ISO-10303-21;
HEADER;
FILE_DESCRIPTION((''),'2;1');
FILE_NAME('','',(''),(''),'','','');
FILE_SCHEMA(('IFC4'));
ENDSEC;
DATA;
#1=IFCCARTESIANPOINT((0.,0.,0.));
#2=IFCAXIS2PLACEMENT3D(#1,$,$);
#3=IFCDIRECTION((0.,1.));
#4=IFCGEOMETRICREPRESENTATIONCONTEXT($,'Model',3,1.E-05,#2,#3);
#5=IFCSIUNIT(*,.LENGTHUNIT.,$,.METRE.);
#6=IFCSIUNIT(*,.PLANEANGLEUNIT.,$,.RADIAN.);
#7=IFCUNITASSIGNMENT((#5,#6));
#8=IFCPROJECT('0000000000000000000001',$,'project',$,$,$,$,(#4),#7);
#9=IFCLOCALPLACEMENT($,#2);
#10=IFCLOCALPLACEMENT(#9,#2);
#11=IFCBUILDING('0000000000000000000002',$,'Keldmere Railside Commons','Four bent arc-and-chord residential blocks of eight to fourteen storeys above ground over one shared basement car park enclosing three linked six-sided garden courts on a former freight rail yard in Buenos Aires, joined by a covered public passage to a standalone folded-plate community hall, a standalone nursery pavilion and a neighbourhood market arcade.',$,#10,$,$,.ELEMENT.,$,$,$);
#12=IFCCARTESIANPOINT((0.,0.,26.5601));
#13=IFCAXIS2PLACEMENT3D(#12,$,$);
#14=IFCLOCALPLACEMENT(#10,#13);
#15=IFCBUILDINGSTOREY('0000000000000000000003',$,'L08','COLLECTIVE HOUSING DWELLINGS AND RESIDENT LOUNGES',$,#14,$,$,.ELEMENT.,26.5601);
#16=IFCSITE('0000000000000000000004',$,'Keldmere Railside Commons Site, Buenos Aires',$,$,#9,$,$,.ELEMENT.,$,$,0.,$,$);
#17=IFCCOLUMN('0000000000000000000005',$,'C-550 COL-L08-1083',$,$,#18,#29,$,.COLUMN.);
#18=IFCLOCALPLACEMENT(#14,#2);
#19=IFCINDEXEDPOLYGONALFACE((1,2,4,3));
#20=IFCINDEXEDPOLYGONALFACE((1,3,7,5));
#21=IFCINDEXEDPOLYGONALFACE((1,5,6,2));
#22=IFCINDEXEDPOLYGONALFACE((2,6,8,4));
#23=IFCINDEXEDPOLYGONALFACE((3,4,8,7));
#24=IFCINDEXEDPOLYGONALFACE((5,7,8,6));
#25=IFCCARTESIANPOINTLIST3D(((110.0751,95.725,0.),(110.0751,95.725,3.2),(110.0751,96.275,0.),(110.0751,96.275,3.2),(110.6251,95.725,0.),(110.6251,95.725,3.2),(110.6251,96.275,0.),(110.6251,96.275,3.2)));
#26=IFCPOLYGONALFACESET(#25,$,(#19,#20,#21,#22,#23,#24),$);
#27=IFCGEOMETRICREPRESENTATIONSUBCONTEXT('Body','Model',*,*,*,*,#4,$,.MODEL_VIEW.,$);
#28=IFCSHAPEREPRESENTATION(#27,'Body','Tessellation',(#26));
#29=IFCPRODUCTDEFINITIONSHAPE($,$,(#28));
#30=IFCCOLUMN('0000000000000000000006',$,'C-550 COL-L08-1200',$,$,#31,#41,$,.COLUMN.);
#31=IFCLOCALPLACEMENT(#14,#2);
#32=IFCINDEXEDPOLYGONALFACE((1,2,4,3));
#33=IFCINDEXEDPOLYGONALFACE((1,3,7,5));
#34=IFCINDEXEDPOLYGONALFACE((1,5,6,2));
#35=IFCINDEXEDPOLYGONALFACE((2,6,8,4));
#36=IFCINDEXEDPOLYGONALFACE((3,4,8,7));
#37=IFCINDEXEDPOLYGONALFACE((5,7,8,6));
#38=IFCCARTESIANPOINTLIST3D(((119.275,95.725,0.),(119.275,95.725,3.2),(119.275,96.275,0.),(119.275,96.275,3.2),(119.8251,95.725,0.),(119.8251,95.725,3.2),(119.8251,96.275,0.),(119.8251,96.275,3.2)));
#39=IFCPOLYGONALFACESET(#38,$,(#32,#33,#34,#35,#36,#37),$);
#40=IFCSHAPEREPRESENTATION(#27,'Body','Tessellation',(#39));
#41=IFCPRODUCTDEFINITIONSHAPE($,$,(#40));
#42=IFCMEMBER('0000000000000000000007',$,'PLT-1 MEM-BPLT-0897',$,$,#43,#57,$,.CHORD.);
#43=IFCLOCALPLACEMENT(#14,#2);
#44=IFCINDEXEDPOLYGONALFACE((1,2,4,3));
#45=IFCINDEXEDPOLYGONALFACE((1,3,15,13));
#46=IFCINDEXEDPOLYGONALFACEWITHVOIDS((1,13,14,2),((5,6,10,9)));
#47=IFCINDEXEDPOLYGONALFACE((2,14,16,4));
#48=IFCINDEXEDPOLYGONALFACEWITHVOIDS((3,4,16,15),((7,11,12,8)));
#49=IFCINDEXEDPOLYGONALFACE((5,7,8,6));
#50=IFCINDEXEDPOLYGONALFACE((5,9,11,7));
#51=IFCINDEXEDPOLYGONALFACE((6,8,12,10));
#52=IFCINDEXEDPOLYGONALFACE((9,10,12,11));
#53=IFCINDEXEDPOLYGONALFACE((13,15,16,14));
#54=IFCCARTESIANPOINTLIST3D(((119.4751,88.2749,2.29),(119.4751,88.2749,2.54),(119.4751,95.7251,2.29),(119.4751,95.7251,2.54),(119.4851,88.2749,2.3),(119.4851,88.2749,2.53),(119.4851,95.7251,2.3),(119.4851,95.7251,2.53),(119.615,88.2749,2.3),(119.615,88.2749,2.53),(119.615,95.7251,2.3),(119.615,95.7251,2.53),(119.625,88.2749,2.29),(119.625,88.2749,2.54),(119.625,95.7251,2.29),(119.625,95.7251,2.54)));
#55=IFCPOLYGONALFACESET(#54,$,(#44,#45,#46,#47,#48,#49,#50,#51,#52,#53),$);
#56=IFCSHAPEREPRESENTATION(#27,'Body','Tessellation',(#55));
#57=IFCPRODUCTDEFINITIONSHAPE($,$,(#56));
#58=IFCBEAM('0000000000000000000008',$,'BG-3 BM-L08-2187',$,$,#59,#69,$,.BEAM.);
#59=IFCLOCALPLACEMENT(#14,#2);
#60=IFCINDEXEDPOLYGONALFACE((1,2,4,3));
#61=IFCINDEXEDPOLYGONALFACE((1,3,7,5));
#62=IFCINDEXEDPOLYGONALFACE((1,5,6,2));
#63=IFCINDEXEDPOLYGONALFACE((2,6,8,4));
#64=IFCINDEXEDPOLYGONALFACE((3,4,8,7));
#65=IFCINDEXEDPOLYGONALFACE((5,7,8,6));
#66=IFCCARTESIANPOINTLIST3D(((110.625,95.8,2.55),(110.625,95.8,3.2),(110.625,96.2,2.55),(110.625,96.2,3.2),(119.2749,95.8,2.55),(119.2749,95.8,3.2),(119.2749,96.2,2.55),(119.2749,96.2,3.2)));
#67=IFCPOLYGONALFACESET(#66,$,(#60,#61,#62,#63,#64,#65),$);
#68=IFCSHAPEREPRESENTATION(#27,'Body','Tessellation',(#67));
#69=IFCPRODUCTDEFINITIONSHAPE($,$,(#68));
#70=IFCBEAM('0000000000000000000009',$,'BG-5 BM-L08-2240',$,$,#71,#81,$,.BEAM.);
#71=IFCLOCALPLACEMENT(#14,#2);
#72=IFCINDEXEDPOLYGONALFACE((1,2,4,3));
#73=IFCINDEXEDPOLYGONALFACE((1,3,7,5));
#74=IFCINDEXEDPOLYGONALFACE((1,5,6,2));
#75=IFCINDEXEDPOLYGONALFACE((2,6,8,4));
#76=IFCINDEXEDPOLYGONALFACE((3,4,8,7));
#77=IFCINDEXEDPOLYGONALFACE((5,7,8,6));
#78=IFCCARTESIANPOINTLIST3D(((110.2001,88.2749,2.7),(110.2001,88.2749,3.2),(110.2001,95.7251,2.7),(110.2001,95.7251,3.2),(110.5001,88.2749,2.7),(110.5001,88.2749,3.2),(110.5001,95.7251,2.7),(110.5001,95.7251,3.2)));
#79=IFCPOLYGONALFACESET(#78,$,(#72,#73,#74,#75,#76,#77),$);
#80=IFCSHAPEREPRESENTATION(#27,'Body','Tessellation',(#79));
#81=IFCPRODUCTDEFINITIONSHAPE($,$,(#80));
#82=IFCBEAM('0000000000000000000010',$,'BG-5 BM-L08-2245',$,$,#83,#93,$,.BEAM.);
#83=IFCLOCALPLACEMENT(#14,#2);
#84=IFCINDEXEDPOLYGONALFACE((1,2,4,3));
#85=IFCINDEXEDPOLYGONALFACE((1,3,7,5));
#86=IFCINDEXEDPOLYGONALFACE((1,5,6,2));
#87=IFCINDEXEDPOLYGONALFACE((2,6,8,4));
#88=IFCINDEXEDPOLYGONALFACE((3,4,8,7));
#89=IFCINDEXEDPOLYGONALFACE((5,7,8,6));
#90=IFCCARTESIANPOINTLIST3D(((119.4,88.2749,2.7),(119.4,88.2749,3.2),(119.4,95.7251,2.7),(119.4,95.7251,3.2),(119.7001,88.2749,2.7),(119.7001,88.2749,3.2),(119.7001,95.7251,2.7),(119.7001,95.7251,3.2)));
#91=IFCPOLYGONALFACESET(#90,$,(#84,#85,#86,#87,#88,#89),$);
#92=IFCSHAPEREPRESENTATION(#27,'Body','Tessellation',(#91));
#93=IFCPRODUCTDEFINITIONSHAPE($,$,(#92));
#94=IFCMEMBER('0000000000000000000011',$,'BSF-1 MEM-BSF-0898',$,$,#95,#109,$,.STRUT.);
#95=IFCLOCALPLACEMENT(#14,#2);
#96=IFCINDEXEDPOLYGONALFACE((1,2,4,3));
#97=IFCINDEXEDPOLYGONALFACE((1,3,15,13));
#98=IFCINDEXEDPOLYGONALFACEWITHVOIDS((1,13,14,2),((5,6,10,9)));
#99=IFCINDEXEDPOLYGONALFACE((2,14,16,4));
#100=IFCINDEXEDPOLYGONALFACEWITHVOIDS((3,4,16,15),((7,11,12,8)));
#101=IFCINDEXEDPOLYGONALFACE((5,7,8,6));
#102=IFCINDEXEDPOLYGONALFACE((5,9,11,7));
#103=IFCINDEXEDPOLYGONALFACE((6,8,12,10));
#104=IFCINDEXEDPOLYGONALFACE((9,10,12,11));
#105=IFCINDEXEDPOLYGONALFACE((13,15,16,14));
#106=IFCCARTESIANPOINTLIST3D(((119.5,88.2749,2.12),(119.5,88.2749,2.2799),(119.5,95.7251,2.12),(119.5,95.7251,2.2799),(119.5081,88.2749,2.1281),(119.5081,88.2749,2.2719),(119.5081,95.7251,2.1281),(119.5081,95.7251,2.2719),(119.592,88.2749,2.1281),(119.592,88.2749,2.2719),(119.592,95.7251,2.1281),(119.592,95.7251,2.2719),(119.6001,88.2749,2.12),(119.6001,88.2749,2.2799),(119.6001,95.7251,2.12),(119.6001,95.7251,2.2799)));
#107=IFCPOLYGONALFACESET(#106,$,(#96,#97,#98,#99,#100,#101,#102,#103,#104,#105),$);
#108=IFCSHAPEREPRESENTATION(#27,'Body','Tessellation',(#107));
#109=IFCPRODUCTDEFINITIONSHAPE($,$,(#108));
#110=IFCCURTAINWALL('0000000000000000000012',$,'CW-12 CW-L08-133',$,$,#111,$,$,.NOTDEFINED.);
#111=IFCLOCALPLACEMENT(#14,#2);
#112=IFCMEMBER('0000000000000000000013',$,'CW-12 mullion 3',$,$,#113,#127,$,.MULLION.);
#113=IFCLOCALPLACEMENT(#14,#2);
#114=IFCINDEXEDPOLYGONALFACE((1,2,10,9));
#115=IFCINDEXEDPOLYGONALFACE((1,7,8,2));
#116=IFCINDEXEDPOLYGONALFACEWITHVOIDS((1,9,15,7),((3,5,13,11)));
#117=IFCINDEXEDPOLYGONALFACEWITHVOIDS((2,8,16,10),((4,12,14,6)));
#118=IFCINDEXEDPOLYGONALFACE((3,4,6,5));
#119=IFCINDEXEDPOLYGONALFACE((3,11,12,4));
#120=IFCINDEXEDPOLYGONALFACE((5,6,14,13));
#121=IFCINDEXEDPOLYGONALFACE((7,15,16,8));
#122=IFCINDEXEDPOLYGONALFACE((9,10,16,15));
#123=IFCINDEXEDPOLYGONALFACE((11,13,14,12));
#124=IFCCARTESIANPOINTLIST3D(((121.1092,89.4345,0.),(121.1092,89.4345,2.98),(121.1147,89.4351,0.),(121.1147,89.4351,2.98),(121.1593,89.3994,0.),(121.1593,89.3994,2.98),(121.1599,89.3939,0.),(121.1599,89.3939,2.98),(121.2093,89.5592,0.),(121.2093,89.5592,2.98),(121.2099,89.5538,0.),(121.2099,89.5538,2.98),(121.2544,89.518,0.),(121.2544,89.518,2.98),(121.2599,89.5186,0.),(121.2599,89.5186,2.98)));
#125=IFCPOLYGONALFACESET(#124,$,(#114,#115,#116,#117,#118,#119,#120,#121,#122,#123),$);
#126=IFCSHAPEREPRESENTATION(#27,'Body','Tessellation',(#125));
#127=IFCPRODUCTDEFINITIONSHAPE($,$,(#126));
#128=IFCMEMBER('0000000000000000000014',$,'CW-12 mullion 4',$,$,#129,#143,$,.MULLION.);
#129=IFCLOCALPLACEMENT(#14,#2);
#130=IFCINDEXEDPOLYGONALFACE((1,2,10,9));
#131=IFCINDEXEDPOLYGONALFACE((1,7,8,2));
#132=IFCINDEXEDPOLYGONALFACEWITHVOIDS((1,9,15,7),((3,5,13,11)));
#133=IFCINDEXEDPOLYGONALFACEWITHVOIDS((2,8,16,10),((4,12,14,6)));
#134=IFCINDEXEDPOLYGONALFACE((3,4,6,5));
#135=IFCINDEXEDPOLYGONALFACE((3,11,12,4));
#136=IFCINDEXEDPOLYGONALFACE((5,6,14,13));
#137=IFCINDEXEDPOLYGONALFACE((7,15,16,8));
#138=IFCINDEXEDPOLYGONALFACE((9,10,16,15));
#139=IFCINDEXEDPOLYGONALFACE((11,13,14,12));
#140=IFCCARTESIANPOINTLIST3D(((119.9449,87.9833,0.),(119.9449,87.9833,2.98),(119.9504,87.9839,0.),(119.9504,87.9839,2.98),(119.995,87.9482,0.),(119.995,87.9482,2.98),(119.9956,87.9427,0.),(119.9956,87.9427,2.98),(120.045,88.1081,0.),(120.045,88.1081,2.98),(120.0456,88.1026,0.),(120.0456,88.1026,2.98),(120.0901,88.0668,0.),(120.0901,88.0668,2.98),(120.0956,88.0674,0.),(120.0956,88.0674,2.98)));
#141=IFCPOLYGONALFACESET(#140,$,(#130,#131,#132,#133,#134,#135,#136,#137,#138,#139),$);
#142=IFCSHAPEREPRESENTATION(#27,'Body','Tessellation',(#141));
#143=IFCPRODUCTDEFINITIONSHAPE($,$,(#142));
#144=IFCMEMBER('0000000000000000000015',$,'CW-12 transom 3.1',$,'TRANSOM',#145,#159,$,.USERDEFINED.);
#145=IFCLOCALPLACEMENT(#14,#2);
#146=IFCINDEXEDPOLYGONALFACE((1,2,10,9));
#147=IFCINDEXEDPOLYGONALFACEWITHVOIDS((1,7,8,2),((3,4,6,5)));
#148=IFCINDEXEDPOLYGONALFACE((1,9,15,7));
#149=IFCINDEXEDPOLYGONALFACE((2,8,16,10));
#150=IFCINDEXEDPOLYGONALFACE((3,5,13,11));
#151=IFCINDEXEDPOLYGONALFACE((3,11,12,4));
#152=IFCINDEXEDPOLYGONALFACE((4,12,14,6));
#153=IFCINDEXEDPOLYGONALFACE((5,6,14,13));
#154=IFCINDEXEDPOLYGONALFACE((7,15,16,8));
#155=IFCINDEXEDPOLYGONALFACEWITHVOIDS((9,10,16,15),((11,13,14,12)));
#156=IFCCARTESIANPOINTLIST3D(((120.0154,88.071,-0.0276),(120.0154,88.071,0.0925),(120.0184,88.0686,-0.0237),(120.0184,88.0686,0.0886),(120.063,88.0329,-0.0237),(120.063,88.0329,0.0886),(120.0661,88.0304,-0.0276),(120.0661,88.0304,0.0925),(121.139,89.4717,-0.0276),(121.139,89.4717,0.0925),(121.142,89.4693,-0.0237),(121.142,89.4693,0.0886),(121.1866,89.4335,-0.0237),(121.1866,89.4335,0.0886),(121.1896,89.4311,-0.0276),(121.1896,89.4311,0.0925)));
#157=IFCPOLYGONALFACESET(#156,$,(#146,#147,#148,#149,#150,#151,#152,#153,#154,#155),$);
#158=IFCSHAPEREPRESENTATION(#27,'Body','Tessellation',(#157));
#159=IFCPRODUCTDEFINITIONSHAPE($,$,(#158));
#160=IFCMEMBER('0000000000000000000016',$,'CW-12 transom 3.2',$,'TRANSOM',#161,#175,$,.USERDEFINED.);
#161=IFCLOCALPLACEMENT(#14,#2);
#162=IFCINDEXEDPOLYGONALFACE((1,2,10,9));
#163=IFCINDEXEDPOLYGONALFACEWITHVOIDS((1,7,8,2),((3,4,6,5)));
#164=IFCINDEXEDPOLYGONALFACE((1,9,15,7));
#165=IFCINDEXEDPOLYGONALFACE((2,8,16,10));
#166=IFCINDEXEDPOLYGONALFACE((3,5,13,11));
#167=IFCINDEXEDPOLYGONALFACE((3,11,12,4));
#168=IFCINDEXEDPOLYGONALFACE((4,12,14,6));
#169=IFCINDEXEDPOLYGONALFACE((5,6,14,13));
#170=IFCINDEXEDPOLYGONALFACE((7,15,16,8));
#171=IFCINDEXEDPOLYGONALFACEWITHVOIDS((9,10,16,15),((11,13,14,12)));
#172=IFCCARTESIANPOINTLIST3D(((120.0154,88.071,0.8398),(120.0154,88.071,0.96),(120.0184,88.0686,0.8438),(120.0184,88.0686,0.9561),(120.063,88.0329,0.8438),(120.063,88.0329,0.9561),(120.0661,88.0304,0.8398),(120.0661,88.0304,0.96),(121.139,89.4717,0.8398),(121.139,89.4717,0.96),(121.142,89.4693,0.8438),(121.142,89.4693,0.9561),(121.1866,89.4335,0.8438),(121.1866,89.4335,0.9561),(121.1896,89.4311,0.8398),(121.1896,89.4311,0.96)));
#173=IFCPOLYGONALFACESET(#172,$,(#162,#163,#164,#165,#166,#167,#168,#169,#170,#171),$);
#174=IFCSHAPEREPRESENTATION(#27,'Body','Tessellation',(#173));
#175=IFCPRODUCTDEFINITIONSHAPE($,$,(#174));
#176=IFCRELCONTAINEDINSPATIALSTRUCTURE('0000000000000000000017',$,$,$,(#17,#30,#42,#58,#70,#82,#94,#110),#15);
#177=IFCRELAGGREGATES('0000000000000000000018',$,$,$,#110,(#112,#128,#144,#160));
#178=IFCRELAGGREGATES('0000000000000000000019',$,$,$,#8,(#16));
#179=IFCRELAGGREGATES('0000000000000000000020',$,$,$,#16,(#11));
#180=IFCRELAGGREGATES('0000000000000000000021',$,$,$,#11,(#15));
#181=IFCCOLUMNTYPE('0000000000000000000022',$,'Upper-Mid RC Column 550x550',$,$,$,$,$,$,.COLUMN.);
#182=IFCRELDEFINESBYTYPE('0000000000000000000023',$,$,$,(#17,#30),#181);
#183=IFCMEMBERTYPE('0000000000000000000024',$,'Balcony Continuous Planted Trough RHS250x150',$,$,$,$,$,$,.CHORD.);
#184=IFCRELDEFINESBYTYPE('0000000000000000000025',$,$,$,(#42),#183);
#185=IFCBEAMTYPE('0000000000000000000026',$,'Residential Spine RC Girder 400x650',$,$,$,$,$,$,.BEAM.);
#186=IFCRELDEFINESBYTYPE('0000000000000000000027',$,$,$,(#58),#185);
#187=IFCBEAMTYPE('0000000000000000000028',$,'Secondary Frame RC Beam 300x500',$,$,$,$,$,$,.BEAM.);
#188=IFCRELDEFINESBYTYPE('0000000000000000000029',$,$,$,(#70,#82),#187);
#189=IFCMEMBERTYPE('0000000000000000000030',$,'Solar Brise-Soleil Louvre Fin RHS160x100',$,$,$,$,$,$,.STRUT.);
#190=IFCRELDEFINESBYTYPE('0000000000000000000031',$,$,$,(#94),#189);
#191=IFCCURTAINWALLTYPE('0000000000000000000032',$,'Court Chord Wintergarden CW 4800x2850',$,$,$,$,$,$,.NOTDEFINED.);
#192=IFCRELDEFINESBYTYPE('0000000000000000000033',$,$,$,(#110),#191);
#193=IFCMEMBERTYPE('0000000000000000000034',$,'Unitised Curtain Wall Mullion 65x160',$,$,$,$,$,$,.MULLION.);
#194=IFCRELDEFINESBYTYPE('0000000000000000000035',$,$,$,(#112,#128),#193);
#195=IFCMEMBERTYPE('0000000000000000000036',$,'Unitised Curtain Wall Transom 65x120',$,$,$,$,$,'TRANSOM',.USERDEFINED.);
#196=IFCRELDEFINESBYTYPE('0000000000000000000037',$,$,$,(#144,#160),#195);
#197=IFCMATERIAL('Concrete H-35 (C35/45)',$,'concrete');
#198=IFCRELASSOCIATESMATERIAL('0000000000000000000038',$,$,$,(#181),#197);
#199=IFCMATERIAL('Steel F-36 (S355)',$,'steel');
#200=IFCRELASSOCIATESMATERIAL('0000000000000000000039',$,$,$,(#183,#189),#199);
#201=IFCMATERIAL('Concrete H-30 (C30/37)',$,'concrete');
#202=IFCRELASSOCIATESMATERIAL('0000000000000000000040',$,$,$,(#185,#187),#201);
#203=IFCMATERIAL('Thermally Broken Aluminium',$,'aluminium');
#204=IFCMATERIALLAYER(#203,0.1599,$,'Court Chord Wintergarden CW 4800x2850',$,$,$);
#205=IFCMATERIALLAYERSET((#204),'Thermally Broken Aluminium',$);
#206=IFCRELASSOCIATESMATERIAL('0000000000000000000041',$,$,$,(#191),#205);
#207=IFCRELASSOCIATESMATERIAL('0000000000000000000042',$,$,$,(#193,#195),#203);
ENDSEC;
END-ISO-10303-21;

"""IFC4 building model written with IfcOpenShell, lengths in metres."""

from ifc_helpers import new_model, si_unit, direction, frame, origin, origin_2d, place, context, subcontext, project, spatial, rectangle, hollow_rectangle, extrude, material, layer, layer_set, material_profile, profile_set, type_object, element, aggregate, save


model = new_model("IFC4")

# Units and contexts
model_context = context("Model", 3, precision=1e-05, world=origin(), true_north=direction((0.0, 1.0)))
body_context = subcontext(model_context, "Body", "Model", "MODEL_VIEW")
ifc_project = project(units=[si_unit("LENGTHUNIT", "METRE"), si_unit("PLANEANGLEUNIT", "RADIAN")], contexts=[model_context])

# Site, building, storey
site_placement = place(None, origin())
site = spatial("IfcSite", under=ifc_project, at=site_placement, Name="Keldmere Railside Commons Site, Buenos Aires", CompositionType="ELEMENT", RefElevation=0.0)
building_placement = place(site_placement, origin())
building = spatial("IfcBuilding", under=site, at=building_placement, Name="Keldmere Railside Commons", Description="Four bent arc-and-chord residential blocks of eight to fourteen storeys above ground over one shared basement car park enclosing three linked six-sided garden courts on a former freight rail yard in Buenos Aires, joined by a covered public passage to a standalone folded-plate community hall, a standalone nursery pavilion and a neighbourhood market arcade.", CompositionType="ELEMENT")
storey_placement = place(building_placement, frame((0.0, 0.0, 26.5601)))
storey = spatial("IfcBuildingStorey", under=building, at=storey_placement, Name="L08", Description="COLLECTIVE HOUSING DWELLINGS AND RESIDENT LOUNGES", CompositionType="ELEMENT", Elevation=26.5601)

# Columns
ifc_material_1 = material(Name="Concrete H-35 (C35/45)", Category="concrete")
ifc_material_profile_1 = material_profile(ifc_material_1, rectangle(XDim=0.55, YDim=0.55, at=origin_2d()), Name="RC-550x550")
ifc_profile_set_1 = profile_set([ifc_material_profile_1], Name="Concrete H-35 (C35/45)")
column_type = type_object("IfcColumnType", Name="Upper-Mid RC Column 550x550", PredefinedType="COLUMN", material=ifc_profile_set_1)
for number, where, z_axis, x_axis, name in (
    (1, (110.3501, 96.0, 0.0), (0.0, 0.0, 1.0), (1.0, 0.0, 0.0), "C-550 COL-L08-1083"),
    (2, (119.55, 96.0, 0.0), (0.0, 0.0, 1.0), (1.0, 0.0, 0.0), "C-550 COL-L08-1200"),
):
    element("IfcColumn", number, at=place(storey_placement, frame(where, z_axis=z_axis, x_axis=x_axis)), inside=storey, type_object=column_type, Name=name, PredefinedType="COLUMN", context=body_context, shape_type="SweptSolid", body=[
        extrude(rectangle(XDim=0.55, YDim=0.55, at=origin_2d()), origin(), (0.0, 0.0, 1.0), 3.2),
    ])

# Member
ifc_material_2 = material(Name="Steel F-36 (S355)", Category="steel")
ifc_material_profile_2 = material_profile(ifc_material_2, hollow_rectangle(XDim=0.1499, YDim=0.25, WallThickness=0.01, at=origin_2d()), Name="RHS-250x150x10")
ifc_profile_set_2 = profile_set([ifc_material_profile_2], Name="Steel F-36 (S355)")
member_type_1 = type_object("IfcMemberType", Name="Balcony Continuous Planted Trough RHS250x150", PredefinedType="CHORD", material=ifc_profile_set_2)
member_1_placement = place(storey_placement, frame((119.55, 88.2749, 2.415), z_axis=(0.0, 1.0, 0.0), x_axis=(-1.0, 0.0, 0.0)))
element("IfcMember", 3, at=member_1_placement, inside=storey, type_object=member_type_1, Name="PLT-1 MEM-BPLT-0897", PredefinedType="CHORD", context=body_context, shape_type="SweptSolid", body=[
    extrude(hollow_rectangle(XDim=0.1499, YDim=0.25, WallThickness=0.01, at=origin_2d()), origin(), (0.0, 0.0, 1.0), 7.4502),
])

# Beams
ifc_material_3 = material(Name="Concrete H-30 (C30/37)", Category="concrete")
ifc_material_profile_3 = material_profile(ifc_material_3, rectangle(XDim=0.3999, YDim=0.6499, at=origin_2d()), Name="RC-400x650")
ifc_profile_set_3 = profile_set([ifc_material_profile_3], Name="Concrete H-30 (C30/37)")
beam_type_1 = type_object("IfcBeamType", Name="Residential Spine RC Girder 400x650", PredefinedType="BEAM", material=ifc_profile_set_3)
beam_placement = place(storey_placement, frame((110.625, 96.0, 2.875), z_axis=(1.0, 0.0, 0.0), x_axis=(0.0, 1.0, 0.0)))
element("IfcBeam", 4, at=beam_placement, inside=storey, type_object=beam_type_1, Name="BG-3 BM-L08-2187", PredefinedType="BEAM", context=body_context, shape_type="SweptSolid", body=[
    extrude(rectangle(XDim=0.3999, YDim=0.6499, at=origin_2d()), origin(), (0.0, 0.0, 1.0), 8.6499),
])
ifc_material_profile_4 = material_profile(ifc_material_3, rectangle(XDim=0.3, YDim=0.5, at=origin_2d()), Name="RC-300x500")
ifc_profile_set_4 = profile_set([ifc_material_profile_4], Name="Concrete H-30 (C30/37)")
beam_type_2 = type_object("IfcBeamType", Name="Secondary Frame RC Beam 300x500", PredefinedType="BEAM", material=ifc_profile_set_4)
for number, where, z_axis, x_axis, name in (
    (5, (110.3501, 88.2749, 2.95), (0.0, 1.0, 0.0), (-1.0, 0.0, 0.0), "BG-5 BM-L08-2240"),
    (6, (119.55, 88.2749, 2.95), (0.0, 1.0, 0.0), (-1.0, 0.0, 0.0), "BG-5 BM-L08-2245"),
):
    element("IfcBeam", number, at=place(storey_placement, frame(where, z_axis=z_axis, x_axis=x_axis)), inside=storey, type_object=beam_type_2, Name=name, PredefinedType="BEAM", context=body_context, shape_type="SweptSolid", body=[
        extrude(rectangle(XDim=0.3, YDim=0.5, at=origin_2d()), origin(), (0.0, 0.0, 1.0), 7.4502),
    ])

# Member
ifc_material_profile_5 = material_profile(ifc_material_2, hollow_rectangle(XDim=0.1001, YDim=0.1599, WallThickness=0.0081, at=origin_2d()), Name="RHS-160x100x8")
ifc_profile_set_5 = profile_set([ifc_material_profile_5], Name="Steel F-36 (S355)")
member_type_2 = type_object("IfcMemberType", Name="Solar Brise-Soleil Louvre Fin RHS160x100", PredefinedType="STRUT", material=ifc_profile_set_5)
member_2_placement = place(storey_placement, frame((119.55, 88.2749, 2.2), z_axis=(0.0, 1.0, 0.0), x_axis=(-1.0, 0.0, 0.0)))
element("IfcMember", 7, at=member_2_placement, inside=storey, type_object=member_type_2, Name="BSF-1 MEM-BSF-0898", PredefinedType="STRUT", context=body_context, shape_type="SweptSolid", body=[
    extrude(hollow_rectangle(XDim=0.1001, YDim=0.1599, WallThickness=0.0081, at=origin_2d()), origin(), (0.0, 0.0, 1.0), 7.4502),
])

# Curtain wall, members
ifc_material_4 = material(Name="Thermally Broken Aluminium", Category="aluminium")
ifc_layer_1 = layer(ifc_material_4, 0.1599, Name="Court Chord Wintergarden CW 4800x2850")
ifc_layer_set_1 = layer_set([ifc_layer_1], Name="Thermally Broken Aluminium")
curtain_wall_type = type_object("IfcCurtainWallType", Name="Court Chord Wintergarden CW 4800x2850", PredefinedType="NOTDEFINED", material=ifc_layer_set_1)
curtain_wall_placement = place(storey_placement, origin())
curtain_wall = element("IfcCurtainWall", 8, at=curtain_wall_placement, inside=storey, type_object=curtain_wall_type, Name="CW-12 CW-L08-133", PredefinedType="NOTDEFINED")
ifc_material_profile_6 = material_profile(ifc_material_4, hollow_rectangle(XDim=0.0649, YDim=0.1599, WallThickness=0.0039, at=origin_2d()), Name="ALU-MULL-65x160")
ifc_profile_set_6 = profile_set([ifc_material_profile_6], Name="Thermally Broken Aluminium")
member_type_3 = type_object("IfcMemberType", Name="Unitised Curtain Wall Mullion 65x160", PredefinedType="MULLION", material=ifc_profile_set_6)
member_3_placement = place(storey_placement, frame((121.1846, 89.4766, 0.0), z_axis=(0.0, 0.0, 1.0), x_axis=(0.780009, -0.625768, 0.0)))
member_3 = element("IfcMember", 9, at=member_3_placement, type_object=member_type_3, Name="CW-12 mullion 3", PredefinedType="MULLION", context=body_context, shape_type="SweptSolid", body=[
    extrude(hollow_rectangle(XDim=0.0649, YDim=0.1599, WallThickness=0.0039, at=origin_2d()), origin(), (0.0, 0.0, 1.0), 2.98),
])
member_4_placement = place(storey_placement, frame((120.0203, 88.0254, 0.0), z_axis=(0.0, 0.0, 1.0), x_axis=(0.780009, -0.625768, 0.0)))
member_4 = element("IfcMember", 10, at=member_4_placement, type_object=member_type_3, Name="CW-12 mullion 4", PredefinedType="MULLION", context=body_context, shape_type="SweptSolid", body=[
    extrude(hollow_rectangle(XDim=0.0649, YDim=0.1599, WallThickness=0.0039, at=origin_2d()), origin(), (0.0, 0.0, 1.0), 2.98),
])
ifc_material_profile_7 = material_profile(ifc_material_4, hollow_rectangle(XDim=0.0649, YDim=0.1201, WallThickness=0.0039, at=origin_2d()), Name="ALU-TRAN-65x120")
ifc_profile_set_7 = profile_set([ifc_material_profile_7], Name="Thermally Broken Aluminium")
member_type_4 = type_object("IfcMemberType", Name="Unitised Curtain Wall Transom 65x120", ElementType="TRANSOM", PredefinedType="USERDEFINED", material=ifc_profile_set_7)
member_5_placement = place(storey_placement, frame((121.1643, 89.4514, 0.0325), z_axis=(-0.625723, -0.780046, 0.0), x_axis=(0.780046, -0.625723, 0.0)))
member_5 = element("IfcMember", 11, at=member_5_placement, type_object=member_type_4, Name="CW-12 transom 3.1", ObjectType="TRANSOM", PredefinedType="USERDEFINED", context=body_context, shape_type="SweptSolid", body=[
    extrude(hollow_rectangle(XDim=0.0649, YDim=0.1201, WallThickness=0.0039, at=origin_2d()), origin(), (0.0, 0.0, 1.0), 1.7957),
])
member_6_placement = place(storey_placement, frame((121.1643, 89.4514, 0.8999), z_axis=(-0.625723, -0.780046, 0.0), x_axis=(0.780046, -0.625723, 0.0)))
member_6 = element("IfcMember", 12, at=member_6_placement, type_object=member_type_4, Name="CW-12 transom 3.2", ObjectType="TRANSOM", PredefinedType="USERDEFINED", context=body_context, shape_type="SweptSolid", body=[
    extrude(hollow_rectangle(XDim=0.0649, YDim=0.1201, WallThickness=0.0039, at=origin_2d()), origin(), (0.0, 0.0, 1.0), 1.7957),
])
aggregate(curtain_wall, [member_3, member_4, member_5, member_6])

save(model, "model.ifc")
